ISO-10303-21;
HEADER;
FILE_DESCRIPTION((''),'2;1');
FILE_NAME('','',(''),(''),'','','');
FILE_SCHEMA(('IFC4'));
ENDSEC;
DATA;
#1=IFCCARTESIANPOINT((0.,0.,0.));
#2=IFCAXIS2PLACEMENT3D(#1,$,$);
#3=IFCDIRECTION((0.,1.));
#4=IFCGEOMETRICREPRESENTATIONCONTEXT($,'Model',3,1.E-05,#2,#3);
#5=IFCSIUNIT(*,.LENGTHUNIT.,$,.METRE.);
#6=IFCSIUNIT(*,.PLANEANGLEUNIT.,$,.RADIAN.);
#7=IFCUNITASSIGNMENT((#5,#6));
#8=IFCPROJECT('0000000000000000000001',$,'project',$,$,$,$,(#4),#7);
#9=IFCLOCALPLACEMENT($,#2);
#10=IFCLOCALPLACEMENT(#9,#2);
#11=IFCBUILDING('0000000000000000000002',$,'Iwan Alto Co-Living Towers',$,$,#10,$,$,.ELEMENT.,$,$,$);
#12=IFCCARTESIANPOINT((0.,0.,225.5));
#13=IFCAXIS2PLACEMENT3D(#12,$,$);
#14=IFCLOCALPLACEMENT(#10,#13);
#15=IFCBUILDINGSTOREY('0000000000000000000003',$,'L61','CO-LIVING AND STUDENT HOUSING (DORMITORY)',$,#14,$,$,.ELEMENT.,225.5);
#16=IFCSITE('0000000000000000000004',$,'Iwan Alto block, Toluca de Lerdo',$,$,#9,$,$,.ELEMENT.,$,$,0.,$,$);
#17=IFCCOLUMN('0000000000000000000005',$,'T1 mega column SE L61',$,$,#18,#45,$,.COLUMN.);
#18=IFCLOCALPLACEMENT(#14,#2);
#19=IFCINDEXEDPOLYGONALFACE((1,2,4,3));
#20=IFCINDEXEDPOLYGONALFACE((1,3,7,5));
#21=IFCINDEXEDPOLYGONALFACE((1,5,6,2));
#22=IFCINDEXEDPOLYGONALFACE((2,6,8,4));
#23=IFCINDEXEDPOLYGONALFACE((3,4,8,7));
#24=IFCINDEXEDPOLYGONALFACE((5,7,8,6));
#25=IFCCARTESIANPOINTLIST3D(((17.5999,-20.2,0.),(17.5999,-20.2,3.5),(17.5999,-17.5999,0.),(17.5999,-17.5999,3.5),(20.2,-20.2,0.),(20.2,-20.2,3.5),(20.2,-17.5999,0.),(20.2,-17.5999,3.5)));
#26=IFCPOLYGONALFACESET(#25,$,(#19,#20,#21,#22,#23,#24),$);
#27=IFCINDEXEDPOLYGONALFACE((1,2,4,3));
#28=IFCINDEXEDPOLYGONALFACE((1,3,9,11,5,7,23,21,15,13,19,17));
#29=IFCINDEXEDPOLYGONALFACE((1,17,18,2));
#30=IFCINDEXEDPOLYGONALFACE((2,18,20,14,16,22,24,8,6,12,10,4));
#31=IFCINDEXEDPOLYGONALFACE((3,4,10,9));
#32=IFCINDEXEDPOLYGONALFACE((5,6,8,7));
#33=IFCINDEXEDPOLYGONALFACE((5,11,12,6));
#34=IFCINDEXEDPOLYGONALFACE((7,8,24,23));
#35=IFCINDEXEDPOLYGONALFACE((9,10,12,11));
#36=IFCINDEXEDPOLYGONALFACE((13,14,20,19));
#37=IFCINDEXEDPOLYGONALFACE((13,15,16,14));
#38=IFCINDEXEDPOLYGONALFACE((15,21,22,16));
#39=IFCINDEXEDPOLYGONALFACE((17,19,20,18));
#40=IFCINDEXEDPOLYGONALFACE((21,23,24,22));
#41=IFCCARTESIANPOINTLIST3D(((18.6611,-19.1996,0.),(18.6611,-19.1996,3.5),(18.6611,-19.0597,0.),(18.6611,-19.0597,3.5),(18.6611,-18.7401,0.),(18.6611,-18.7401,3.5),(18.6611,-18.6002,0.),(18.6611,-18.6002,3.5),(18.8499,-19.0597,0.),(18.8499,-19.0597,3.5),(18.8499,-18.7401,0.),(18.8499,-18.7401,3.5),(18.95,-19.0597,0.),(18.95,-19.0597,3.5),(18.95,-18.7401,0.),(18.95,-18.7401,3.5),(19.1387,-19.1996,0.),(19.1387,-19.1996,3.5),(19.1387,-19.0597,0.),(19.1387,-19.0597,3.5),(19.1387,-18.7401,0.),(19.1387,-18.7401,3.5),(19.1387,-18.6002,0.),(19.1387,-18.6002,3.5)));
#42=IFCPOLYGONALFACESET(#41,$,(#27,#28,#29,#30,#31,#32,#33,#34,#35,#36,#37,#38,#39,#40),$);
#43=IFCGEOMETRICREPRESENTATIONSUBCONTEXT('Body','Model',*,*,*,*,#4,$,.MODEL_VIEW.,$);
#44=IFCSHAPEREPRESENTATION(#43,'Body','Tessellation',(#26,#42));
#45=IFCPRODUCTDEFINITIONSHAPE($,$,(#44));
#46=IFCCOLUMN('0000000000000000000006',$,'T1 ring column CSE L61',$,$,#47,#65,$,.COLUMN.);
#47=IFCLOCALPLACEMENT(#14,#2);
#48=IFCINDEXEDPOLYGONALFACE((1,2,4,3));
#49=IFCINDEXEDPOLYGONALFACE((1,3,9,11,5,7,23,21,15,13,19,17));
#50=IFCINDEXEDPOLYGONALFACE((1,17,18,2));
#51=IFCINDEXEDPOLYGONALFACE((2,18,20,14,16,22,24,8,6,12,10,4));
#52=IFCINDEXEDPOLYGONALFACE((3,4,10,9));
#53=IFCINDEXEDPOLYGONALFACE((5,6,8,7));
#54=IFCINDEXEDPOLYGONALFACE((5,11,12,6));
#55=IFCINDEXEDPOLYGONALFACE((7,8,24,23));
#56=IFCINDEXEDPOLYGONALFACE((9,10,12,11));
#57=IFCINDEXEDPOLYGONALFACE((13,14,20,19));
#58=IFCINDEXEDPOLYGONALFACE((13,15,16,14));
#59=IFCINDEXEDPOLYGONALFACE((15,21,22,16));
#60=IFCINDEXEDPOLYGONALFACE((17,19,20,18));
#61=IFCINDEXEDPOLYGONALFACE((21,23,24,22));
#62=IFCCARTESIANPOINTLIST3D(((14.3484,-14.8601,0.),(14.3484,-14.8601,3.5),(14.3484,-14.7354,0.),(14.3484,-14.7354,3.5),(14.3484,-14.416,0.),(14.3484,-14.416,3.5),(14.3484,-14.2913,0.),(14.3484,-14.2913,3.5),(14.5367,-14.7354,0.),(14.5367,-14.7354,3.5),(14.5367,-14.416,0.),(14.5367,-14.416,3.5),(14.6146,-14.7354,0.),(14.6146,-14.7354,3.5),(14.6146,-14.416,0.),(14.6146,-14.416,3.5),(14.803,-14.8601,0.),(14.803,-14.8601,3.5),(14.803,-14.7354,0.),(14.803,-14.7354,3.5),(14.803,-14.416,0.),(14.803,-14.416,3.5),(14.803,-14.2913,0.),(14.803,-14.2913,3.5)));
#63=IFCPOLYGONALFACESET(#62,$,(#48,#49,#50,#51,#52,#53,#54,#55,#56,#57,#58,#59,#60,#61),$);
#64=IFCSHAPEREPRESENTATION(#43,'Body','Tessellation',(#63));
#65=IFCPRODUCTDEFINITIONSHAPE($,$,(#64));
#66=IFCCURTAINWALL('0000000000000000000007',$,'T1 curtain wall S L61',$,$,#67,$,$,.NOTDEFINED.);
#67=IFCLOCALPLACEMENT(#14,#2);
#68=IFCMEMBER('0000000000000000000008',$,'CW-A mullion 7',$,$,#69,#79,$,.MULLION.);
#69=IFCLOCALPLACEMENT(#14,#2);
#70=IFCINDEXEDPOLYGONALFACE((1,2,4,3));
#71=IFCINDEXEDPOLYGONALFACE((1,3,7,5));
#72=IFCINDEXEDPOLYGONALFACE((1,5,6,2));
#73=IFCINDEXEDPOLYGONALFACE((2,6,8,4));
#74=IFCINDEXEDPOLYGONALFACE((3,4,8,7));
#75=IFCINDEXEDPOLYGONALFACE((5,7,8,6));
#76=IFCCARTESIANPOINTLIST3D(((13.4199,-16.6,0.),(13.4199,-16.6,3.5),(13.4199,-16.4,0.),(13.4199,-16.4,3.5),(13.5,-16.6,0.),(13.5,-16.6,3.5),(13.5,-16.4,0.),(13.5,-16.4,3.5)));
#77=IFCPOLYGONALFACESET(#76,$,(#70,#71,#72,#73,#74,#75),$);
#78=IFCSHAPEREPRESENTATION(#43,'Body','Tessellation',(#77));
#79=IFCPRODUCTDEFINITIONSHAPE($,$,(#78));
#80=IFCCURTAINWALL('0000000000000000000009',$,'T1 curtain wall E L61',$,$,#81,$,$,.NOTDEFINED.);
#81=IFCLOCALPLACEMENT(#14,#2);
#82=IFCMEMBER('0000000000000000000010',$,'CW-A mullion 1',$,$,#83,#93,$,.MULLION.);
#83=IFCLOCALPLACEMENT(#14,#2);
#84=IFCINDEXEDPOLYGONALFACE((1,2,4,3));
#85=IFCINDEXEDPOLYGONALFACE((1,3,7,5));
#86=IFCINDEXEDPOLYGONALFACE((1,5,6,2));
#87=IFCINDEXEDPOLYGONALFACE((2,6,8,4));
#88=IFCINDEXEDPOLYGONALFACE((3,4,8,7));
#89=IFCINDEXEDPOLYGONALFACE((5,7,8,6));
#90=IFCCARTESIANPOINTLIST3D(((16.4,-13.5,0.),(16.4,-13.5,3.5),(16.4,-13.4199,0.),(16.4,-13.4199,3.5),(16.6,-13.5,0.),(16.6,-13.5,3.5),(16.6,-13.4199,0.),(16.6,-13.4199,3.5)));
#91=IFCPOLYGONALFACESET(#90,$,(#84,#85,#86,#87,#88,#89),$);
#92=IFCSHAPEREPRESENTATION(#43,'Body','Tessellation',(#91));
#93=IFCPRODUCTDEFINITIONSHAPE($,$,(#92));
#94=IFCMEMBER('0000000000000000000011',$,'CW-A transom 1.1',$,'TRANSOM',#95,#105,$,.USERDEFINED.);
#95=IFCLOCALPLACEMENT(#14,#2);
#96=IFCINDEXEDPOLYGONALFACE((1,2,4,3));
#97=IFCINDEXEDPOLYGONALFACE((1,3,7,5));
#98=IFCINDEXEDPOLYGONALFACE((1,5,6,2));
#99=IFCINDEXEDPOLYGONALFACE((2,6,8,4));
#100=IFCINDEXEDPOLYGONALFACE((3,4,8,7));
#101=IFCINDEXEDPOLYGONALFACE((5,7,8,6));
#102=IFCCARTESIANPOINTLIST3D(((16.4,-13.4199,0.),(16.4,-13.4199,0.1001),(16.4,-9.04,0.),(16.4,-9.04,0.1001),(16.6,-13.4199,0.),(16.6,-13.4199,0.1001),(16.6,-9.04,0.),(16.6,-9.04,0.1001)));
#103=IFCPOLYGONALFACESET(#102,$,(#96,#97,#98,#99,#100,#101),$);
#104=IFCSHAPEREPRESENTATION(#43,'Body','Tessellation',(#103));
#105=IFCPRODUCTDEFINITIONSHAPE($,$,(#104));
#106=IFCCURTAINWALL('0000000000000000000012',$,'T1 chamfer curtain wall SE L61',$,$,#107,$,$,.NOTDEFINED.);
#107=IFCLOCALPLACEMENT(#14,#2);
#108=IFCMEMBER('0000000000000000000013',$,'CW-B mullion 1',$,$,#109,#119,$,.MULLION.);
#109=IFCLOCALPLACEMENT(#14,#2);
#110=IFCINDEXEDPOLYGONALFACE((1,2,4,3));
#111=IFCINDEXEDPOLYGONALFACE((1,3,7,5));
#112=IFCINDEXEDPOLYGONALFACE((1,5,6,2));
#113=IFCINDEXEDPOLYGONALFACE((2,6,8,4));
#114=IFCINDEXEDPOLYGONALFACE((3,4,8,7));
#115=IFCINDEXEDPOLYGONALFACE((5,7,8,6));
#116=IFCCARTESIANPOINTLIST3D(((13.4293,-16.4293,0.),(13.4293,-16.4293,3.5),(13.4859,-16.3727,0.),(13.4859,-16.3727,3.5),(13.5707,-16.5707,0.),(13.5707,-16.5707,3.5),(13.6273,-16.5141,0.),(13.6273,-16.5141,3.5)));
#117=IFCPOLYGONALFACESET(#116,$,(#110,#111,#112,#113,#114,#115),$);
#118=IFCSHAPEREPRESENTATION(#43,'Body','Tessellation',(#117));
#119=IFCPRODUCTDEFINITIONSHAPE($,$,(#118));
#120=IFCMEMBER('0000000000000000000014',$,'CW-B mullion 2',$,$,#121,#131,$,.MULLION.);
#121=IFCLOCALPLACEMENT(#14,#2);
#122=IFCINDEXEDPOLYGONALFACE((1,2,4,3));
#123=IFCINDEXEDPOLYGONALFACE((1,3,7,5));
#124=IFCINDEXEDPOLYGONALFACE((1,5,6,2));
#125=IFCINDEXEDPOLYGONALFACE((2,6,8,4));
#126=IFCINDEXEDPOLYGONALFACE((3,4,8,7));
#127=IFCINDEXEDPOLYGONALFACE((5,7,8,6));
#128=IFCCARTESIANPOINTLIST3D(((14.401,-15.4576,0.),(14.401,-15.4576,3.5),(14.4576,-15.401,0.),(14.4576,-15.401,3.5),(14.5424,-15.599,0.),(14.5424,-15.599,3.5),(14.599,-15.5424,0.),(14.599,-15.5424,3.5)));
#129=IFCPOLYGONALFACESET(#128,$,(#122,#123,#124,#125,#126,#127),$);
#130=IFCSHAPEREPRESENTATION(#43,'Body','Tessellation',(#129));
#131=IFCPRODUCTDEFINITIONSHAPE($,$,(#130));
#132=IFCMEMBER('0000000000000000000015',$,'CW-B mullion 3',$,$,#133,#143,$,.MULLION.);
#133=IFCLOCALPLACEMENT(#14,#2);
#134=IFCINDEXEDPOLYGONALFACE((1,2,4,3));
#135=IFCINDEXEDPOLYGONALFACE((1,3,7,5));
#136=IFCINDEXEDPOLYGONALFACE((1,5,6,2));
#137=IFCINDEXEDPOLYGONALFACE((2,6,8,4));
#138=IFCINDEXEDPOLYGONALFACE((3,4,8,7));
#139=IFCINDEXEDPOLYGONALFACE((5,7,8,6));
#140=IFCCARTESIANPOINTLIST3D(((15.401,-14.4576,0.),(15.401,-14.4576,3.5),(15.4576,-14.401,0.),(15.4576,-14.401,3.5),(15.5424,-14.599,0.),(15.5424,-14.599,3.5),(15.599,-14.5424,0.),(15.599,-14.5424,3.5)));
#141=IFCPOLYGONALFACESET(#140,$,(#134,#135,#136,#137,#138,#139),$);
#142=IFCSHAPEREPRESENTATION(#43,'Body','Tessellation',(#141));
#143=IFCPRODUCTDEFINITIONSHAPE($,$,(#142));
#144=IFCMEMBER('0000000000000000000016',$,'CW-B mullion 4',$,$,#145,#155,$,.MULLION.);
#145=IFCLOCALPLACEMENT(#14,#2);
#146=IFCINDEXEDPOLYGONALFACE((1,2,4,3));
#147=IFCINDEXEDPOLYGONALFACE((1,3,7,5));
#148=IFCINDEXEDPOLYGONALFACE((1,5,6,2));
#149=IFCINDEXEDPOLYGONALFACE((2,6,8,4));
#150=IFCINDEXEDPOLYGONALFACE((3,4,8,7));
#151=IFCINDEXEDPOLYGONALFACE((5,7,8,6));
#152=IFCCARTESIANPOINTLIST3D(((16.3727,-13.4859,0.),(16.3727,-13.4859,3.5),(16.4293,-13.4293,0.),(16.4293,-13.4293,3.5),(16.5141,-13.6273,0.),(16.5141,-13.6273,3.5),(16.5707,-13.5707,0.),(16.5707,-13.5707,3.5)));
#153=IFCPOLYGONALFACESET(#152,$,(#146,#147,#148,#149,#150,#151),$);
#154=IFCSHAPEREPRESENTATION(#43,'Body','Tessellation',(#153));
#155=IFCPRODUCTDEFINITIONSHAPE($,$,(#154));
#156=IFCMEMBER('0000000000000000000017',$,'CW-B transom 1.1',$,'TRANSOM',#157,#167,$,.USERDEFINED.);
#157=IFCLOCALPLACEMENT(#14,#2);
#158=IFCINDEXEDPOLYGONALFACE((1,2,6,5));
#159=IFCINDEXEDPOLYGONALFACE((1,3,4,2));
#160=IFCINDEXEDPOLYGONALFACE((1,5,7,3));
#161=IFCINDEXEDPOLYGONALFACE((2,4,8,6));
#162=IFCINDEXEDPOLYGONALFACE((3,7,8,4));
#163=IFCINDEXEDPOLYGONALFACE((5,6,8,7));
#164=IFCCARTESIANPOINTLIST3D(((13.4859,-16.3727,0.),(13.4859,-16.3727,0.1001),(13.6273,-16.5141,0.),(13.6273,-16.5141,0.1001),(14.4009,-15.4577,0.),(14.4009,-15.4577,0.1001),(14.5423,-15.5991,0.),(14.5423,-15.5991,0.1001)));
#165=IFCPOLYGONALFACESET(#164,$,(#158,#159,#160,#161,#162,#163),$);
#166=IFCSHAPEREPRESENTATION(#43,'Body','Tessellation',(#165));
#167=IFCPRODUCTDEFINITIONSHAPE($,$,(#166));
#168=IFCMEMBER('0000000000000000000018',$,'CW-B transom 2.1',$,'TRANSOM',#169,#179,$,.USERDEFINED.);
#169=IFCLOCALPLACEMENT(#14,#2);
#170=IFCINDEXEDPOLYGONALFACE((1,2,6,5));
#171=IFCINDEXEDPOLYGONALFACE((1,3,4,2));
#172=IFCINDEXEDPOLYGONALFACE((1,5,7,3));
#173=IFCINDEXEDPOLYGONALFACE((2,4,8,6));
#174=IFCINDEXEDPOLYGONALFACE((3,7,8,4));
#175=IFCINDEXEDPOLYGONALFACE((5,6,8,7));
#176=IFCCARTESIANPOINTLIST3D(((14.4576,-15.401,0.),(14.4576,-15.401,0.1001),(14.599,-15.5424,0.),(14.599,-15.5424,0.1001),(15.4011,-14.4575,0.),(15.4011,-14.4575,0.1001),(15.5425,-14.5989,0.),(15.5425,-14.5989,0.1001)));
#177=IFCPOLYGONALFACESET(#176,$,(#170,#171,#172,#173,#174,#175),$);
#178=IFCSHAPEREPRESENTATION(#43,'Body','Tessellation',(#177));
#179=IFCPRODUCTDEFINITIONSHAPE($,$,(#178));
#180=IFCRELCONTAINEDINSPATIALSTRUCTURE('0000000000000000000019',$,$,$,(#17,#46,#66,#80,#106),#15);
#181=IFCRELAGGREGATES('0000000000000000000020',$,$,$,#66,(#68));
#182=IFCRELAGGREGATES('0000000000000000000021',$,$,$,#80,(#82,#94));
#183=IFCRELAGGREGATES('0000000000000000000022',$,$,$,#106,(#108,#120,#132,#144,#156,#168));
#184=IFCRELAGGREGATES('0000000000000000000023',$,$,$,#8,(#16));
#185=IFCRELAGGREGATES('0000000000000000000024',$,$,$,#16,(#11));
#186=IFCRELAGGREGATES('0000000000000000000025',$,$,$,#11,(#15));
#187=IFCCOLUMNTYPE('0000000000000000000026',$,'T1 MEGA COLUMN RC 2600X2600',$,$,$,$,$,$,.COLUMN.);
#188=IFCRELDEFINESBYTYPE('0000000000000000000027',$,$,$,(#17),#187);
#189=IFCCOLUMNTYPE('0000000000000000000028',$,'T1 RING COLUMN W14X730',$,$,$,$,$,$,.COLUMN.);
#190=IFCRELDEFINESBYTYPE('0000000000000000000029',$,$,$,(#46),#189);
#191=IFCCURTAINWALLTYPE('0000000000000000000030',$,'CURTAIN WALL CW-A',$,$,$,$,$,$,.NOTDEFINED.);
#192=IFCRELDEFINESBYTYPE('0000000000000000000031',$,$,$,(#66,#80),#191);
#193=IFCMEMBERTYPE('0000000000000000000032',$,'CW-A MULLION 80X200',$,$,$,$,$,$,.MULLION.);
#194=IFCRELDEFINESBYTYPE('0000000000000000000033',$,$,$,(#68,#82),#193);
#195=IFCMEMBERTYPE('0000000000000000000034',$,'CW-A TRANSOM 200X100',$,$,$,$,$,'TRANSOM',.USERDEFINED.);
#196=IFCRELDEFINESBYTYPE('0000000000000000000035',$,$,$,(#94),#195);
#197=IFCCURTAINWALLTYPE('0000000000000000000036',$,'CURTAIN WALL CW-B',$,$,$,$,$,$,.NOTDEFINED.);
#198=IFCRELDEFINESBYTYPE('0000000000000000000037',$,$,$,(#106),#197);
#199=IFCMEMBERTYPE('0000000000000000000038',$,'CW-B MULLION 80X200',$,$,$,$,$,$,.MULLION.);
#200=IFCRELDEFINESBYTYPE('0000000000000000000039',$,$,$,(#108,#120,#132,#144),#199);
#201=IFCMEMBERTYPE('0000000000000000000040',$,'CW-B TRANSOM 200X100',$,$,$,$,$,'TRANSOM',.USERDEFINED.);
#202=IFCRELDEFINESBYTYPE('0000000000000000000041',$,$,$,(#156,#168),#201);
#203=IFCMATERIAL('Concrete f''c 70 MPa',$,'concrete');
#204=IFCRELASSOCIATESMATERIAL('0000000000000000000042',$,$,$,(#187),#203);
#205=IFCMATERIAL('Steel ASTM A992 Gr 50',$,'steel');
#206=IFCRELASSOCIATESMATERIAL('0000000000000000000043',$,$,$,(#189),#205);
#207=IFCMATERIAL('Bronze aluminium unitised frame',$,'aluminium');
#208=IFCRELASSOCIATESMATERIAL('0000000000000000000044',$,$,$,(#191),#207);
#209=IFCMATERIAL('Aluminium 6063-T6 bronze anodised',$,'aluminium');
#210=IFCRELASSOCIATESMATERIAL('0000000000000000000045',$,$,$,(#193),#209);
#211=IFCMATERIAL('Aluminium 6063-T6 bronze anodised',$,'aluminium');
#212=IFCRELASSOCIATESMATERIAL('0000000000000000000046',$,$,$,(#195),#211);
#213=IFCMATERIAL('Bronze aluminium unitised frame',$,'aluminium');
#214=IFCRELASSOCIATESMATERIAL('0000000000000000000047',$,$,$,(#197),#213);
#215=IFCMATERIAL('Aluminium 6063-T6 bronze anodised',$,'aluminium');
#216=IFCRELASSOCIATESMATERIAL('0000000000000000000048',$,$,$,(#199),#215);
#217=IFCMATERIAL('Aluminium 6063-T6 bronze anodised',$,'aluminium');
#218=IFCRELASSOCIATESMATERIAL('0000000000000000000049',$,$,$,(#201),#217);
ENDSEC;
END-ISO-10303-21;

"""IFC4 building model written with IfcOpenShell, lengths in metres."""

from ifc_helpers import new_model, si_unit, direction, frame, origin, origin_2d, place, context, subcontext, project, spatial, rectangle, i_section, extrude, material, material_profile, profile_set, type_object, element, aggregate, save


model = new_model("IFC4")

# Units and contexts
model_context = context("Model", 3, precision=1e-05, world=origin(), true_north=direction((0.0, 1.0)))
body_context = subcontext(model_context, "Body", "Model", "MODEL_VIEW")
ifc_project = project(units=[si_unit("LENGTHUNIT", "METRE"), si_unit("PLANEANGLEUNIT", "RADIAN")], contexts=[model_context])

# Site, building, storey
site_placement = place(None, origin())
site = spatial("IfcSite", under=ifc_project, at=site_placement, Name="Iwan Alto block, Toluca de Lerdo", CompositionType="ELEMENT", RefElevation=0.0)
building_placement = place(site_placement, origin())
building = spatial("IfcBuilding", under=site, at=building_placement, Name="Iwan Alto Co-Living Towers", CompositionType="ELEMENT")
storey_placement = place(building_placement, frame((0.0, 0.0, 225.5)))
storey = spatial("IfcBuildingStorey", under=building, at=storey_placement, Name="L61", Description="CO-LIVING AND STUDENT HOUSING (DORMITORY)", CompositionType="ELEMENT", Elevation=225.5)

# Columns
ifc_material_1 = material(Name="Concrete f'c 70 MPa", Category="concrete")
ifc_material_profile_1 = material_profile(ifc_material_1, rectangle(XDim=2.6001, YDim=2.6001, at=origin_2d()), Name="RC 2600X2600")
ifc_profile_set_1 = profile_set([ifc_material_profile_1], Name="Concrete f'c 70 MPa")
column_type_1 = type_object("IfcColumnType", Name="T1 MEGA COLUMN RC 2600X2600", PredefinedType="COLUMN", material=ifc_profile_set_1)
column_1_placement = place(storey_placement, frame((18.8999, -18.8999, 0.0), z_axis=(0.0, 0.0, 1.0), x_axis=(1.0, 0.0, 0.0)))
element("IfcColumn", 1, at=column_1_placement, inside=storey, type_object=column_type_1, Name="T1 mega column SE L61", PredefinedType="COLUMN", context=body_context, shape_type="SweptSolid", body=[
    extrude(rectangle(XDim=2.6001, YDim=2.6001, at=origin_2d()), origin(), (0.0, 0.0, 1.0), 3.5),
    extrude(i_section(OverallWidth=0.4775, OverallDepth=0.5994, WebThickness=0.1001, FlangeThickness=0.1399, at=origin_2d()), origin(), (0.0, 0.0, 1.0), 3.5),
])
ifc_material_2 = material(Name="Steel ASTM A992 Gr 50", Category="steel")
ifc_material_profile_2 = material_profile(ifc_material_2, i_section(OverallWidth=0.4546, OverallDepth=0.5688, WebThickness=0.0779, FlangeThickness=0.1248, at=origin_2d()), Name="W14X730")
ifc_profile_set_2 = profile_set([ifc_material_profile_2], Name="Steel ASTM A992 Gr 50")
column_type_2 = type_object("IfcColumnType", Name="T1 RING COLUMN W14X730", PredefinedType="COLUMN", material=ifc_profile_set_2)
column_2_placement = place(storey_placement, frame((14.5757, -14.5757, 0.0), z_axis=(0.0, 0.0, 1.0), x_axis=(1.0, 0.0, 0.0)))
element("IfcColumn", 2, at=column_2_placement, inside=storey, type_object=column_type_2, Name="T1 ring column CSE L61", PredefinedType="COLUMN", context=body_context, shape_type="SweptSolid", body=[
    extrude(i_section(OverallWidth=0.4546, OverallDepth=0.5688, WebThickness=0.0779, FlangeThickness=0.1248, at=origin_2d()), origin(), (0.0, 0.0, 1.0), 3.5),
])

# Curtain wall, member
ifc_material_3 = material(Name="Bronze aluminium unitised frame", Category="aluminium")
curtain_wall_type_1 = type_object("IfcCurtainWallType", Name="CURTAIN WALL CW-A", PredefinedType="NOTDEFINED", material=ifc_material_3)
curtain_wall_1_placement = place(storey_placement, origin())
curtain_wall_1 = element("IfcCurtainWall", 3, at=curtain_wall_1_placement, inside=storey, type_object=curtain_wall_type_1, Name="T1 curtain wall S L61", PredefinedType="NOTDEFINED")
ifc_material_4 = material(Name="Aluminium 6063-T6 bronze anodised", Category="aluminium")
ifc_material_profile_3 = material_profile(ifc_material_4, rectangle(XDim=0.2, YDim=0.0801, at=origin_2d()), Name="AL 80X200")
ifc_profile_set_3 = profile_set([ifc_material_profile_3], Name="Aluminium 6063-T6 bronze anodised")
member_type_1 = type_object("IfcMemberType", Name="CW-A MULLION 80X200", PredefinedType="MULLION", material=ifc_profile_set_3)
member_1_placement = place(storey_placement, frame((13.46, -16.5, 0.0), z_axis=(0.0, 0.0, 1.0), x_axis=(0.0, 1.0, 0.0)))
member_1 = element("IfcMember", 4, at=member_1_placement, type_object=member_type_1, Name="CW-A mullion 7", PredefinedType="MULLION", context=body_context, shape_type="SweptSolid", body=[
    extrude(rectangle(XDim=0.2, YDim=0.0801, at=origin_2d()), origin(), (0.0, 0.0, 1.0), 3.5),
])
aggregate(curtain_wall_1, [member_1])

# Curtain walls, members
curtain_wall_2_placement = place(storey_placement, origin())
curtain_wall_2 = element("IfcCurtainWall", 5, at=curtain_wall_2_placement, inside=storey, type_object=curtain_wall_type_1, Name="T1 curtain wall E L61", PredefinedType="NOTDEFINED")
member_2_placement = place(storey_placement, frame((16.5, -13.46, 0.0), z_axis=(0.0, 0.0, 1.0), x_axis=(-1.0, 0.0, 0.0)))
member_2 = element("IfcMember", 6, at=member_2_placement, type_object=member_type_1, Name="CW-A mullion 1", PredefinedType="MULLION", context=body_context, shape_type="SweptSolid", body=[
    extrude(rectangle(XDim=0.2, YDim=0.0801, at=origin_2d()), origin(), (0.0, 0.0, 1.0), 3.5),
])
ifc_material_5 = material(Name="Aluminium 6063-T6 bronze anodised", Category="aluminium")
ifc_material_profile_4 = material_profile(ifc_material_5, rectangle(XDim=0.2, YDim=0.1001, at=origin_2d()), Name="AL 200X100")
ifc_profile_set_4 = profile_set([ifc_material_profile_4], Name="Aluminium 6063-T6 bronze anodised")
member_type_2 = type_object("IfcMemberType", Name="CW-A TRANSOM 200X100", ElementType="TRANSOM", PredefinedType="USERDEFINED", material=ifc_profile_set_4)
member_3_placement = place(storey_placement, frame((16.5, -13.4199, 0.05), z_axis=(0.0, 1.0, 0.0), x_axis=(-1.0, 0.0, 0.0)))
member_3 = element("IfcMember", 7, at=member_3_placement, type_object=member_type_2, Name="CW-A transom 1.1", ObjectType="TRANSOM", PredefinedType="USERDEFINED", context=body_context, shape_type="SweptSolid", body=[
    extrude(rectangle(XDim=0.2, YDim=0.1001, at=origin_2d()), origin(), (0.0, 0.0, 1.0), 4.3799),
])
ifc_material_6 = material(Name="Bronze aluminium unitised frame", Category="aluminium")
curtain_wall_type_2 = type_object("IfcCurtainWallType", Name="CURTAIN WALL CW-B", PredefinedType="NOTDEFINED", material=ifc_material_6)
curtain_wall_3_placement = place(storey_placement, origin())
curtain_wall_3 = element("IfcCurtainWall", 8, at=curtain_wall_3_placement, inside=storey, type_object=curtain_wall_type_2, Name="T1 chamfer curtain wall SE L61", PredefinedType="NOTDEFINED")
ifc_material_7 = material(Name="Aluminium 6063-T6 bronze anodised", Category="aluminium")
ifc_material_profile_5 = material_profile(ifc_material_7, rectangle(XDim=0.2, YDim=0.0801, at=origin_2d()), Name="AL 80X200")
ifc_profile_set_5 = profile_set([ifc_material_profile_5], Name="Aluminium 6063-T6 bronze anodised")
member_type_3 = type_object("IfcMemberType", Name="CW-B MULLION 80X200", PredefinedType="MULLION", material=ifc_profile_set_5)
member_4_placement = place(storey_placement, frame((13.5283, -16.4717, 0.0), z_axis=(0.0, 0.0, 1.0), x_axis=(-0.707107, 0.707107, 0.0)))
member_4 = element("IfcMember", 9, at=member_4_placement, type_object=member_type_3, Name="CW-B mullion 1", PredefinedType="MULLION", context=body_context, shape_type="SweptSolid", body=[
    extrude(rectangle(XDim=0.2, YDim=0.0801, at=origin_2d()), origin(), (0.0, 0.0, 1.0), 3.5),
])
member_5_placement = place(storey_placement, frame((14.5, -15.5, 0.0), z_axis=(0.0, 0.0, 1.0), x_axis=(-0.707107, 0.707107, 0.0)))
member_5 = element("IfcMember", 10, at=member_5_placement, type_object=member_type_3, Name="CW-B mullion 2", PredefinedType="MULLION", context=body_context, shape_type="SweptSolid", body=[
    extrude(rectangle(XDim=0.2, YDim=0.0801, at=origin_2d()), origin(), (0.0, 0.0, 1.0), 3.5),
])
member_6_placement = place(storey_placement, frame((15.5, -14.5, 0.0), z_axis=(0.0, 0.0, 1.0), x_axis=(-0.707107, 0.707107, 0.0)))
member_6 = element("IfcMember", 11, at=member_6_placement, type_object=member_type_3, Name="CW-B mullion 3", PredefinedType="MULLION", context=body_context, shape_type="SweptSolid", body=[
    extrude(rectangle(XDim=0.2, YDim=0.0801, at=origin_2d()), origin(), (0.0, 0.0, 1.0), 3.5),
])
member_7_placement = place(storey_placement, frame((16.4717, -13.5283, 0.0), z_axis=(0.0, 0.0, 1.0), x_axis=(-0.707107, 0.707107, 0.0)))
member_7 = element("IfcMember", 12, at=member_7_placement, type_object=member_type_3, Name="CW-B mullion 4", PredefinedType="MULLION", context=body_context, shape_type="SweptSolid", body=[
    extrude(rectangle(XDim=0.2, YDim=0.0801, at=origin_2d()), origin(), (0.0, 0.0, 1.0), 3.5),
])
ifc_material_8 = material(Name="Aluminium 6063-T6 bronze anodised", Category="aluminium")
ifc_material_profile_6 = material_profile(ifc_material_8, rectangle(XDim=0.2, YDim=0.1001, at=origin_2d()), Name="AL 200X100")
ifc_profile_set_6 = profile_set([ifc_material_profile_6], Name="Aluminium 6063-T6 bronze anodised")
member_type_4 = type_object("IfcMemberType", Name="CW-B TRANSOM 200X100", ElementType="TRANSOM", PredefinedType="USERDEFINED", material=ifc_profile_set_6)
member_8_placement = place(storey_placement, frame((13.5566, -16.4434, 0.05), z_axis=(0.707107, 0.707107, 0.0), x_axis=(-0.707107, 0.707107, 0.0)))
member_8 = element("IfcMember", 13, at=member_8_placement, type_object=member_type_4, Name="CW-B transom 1.1", ObjectType="TRANSOM", PredefinedType="USERDEFINED", context=body_context, shape_type="SweptSolid", body=[
    extrude(rectangle(XDim=0.2, YDim=0.1001, at=origin_2d()), origin(), (0.0, 0.0, 1.0), 1.2939),
])
member_9_placement = place(storey_placement, frame((14.5283, -15.4717, 0.05), z_axis=(0.707107, 0.707107, 0.0), x_axis=(-0.707107, 0.707107, 0.0)))
member_9 = element("IfcMember", 14, at=member_9_placement, type_object=member_type_4, Name="CW-B transom 2.1", ObjectType="TRANSOM", PredefinedType="USERDEFINED", context=body_context, shape_type="SweptSolid", body=[
    extrude(rectangle(XDim=0.2, YDim=0.1001, at=origin_2d()), origin(), (0.0, 0.0, 1.0), 1.3342),
])

aggregate(curtain_wall_2, [member_2, member_3])
aggregate(curtain_wall_3, [member_4, member_5, member_6, member_7, member_8, member_9])

save(model, "model.ifc")
